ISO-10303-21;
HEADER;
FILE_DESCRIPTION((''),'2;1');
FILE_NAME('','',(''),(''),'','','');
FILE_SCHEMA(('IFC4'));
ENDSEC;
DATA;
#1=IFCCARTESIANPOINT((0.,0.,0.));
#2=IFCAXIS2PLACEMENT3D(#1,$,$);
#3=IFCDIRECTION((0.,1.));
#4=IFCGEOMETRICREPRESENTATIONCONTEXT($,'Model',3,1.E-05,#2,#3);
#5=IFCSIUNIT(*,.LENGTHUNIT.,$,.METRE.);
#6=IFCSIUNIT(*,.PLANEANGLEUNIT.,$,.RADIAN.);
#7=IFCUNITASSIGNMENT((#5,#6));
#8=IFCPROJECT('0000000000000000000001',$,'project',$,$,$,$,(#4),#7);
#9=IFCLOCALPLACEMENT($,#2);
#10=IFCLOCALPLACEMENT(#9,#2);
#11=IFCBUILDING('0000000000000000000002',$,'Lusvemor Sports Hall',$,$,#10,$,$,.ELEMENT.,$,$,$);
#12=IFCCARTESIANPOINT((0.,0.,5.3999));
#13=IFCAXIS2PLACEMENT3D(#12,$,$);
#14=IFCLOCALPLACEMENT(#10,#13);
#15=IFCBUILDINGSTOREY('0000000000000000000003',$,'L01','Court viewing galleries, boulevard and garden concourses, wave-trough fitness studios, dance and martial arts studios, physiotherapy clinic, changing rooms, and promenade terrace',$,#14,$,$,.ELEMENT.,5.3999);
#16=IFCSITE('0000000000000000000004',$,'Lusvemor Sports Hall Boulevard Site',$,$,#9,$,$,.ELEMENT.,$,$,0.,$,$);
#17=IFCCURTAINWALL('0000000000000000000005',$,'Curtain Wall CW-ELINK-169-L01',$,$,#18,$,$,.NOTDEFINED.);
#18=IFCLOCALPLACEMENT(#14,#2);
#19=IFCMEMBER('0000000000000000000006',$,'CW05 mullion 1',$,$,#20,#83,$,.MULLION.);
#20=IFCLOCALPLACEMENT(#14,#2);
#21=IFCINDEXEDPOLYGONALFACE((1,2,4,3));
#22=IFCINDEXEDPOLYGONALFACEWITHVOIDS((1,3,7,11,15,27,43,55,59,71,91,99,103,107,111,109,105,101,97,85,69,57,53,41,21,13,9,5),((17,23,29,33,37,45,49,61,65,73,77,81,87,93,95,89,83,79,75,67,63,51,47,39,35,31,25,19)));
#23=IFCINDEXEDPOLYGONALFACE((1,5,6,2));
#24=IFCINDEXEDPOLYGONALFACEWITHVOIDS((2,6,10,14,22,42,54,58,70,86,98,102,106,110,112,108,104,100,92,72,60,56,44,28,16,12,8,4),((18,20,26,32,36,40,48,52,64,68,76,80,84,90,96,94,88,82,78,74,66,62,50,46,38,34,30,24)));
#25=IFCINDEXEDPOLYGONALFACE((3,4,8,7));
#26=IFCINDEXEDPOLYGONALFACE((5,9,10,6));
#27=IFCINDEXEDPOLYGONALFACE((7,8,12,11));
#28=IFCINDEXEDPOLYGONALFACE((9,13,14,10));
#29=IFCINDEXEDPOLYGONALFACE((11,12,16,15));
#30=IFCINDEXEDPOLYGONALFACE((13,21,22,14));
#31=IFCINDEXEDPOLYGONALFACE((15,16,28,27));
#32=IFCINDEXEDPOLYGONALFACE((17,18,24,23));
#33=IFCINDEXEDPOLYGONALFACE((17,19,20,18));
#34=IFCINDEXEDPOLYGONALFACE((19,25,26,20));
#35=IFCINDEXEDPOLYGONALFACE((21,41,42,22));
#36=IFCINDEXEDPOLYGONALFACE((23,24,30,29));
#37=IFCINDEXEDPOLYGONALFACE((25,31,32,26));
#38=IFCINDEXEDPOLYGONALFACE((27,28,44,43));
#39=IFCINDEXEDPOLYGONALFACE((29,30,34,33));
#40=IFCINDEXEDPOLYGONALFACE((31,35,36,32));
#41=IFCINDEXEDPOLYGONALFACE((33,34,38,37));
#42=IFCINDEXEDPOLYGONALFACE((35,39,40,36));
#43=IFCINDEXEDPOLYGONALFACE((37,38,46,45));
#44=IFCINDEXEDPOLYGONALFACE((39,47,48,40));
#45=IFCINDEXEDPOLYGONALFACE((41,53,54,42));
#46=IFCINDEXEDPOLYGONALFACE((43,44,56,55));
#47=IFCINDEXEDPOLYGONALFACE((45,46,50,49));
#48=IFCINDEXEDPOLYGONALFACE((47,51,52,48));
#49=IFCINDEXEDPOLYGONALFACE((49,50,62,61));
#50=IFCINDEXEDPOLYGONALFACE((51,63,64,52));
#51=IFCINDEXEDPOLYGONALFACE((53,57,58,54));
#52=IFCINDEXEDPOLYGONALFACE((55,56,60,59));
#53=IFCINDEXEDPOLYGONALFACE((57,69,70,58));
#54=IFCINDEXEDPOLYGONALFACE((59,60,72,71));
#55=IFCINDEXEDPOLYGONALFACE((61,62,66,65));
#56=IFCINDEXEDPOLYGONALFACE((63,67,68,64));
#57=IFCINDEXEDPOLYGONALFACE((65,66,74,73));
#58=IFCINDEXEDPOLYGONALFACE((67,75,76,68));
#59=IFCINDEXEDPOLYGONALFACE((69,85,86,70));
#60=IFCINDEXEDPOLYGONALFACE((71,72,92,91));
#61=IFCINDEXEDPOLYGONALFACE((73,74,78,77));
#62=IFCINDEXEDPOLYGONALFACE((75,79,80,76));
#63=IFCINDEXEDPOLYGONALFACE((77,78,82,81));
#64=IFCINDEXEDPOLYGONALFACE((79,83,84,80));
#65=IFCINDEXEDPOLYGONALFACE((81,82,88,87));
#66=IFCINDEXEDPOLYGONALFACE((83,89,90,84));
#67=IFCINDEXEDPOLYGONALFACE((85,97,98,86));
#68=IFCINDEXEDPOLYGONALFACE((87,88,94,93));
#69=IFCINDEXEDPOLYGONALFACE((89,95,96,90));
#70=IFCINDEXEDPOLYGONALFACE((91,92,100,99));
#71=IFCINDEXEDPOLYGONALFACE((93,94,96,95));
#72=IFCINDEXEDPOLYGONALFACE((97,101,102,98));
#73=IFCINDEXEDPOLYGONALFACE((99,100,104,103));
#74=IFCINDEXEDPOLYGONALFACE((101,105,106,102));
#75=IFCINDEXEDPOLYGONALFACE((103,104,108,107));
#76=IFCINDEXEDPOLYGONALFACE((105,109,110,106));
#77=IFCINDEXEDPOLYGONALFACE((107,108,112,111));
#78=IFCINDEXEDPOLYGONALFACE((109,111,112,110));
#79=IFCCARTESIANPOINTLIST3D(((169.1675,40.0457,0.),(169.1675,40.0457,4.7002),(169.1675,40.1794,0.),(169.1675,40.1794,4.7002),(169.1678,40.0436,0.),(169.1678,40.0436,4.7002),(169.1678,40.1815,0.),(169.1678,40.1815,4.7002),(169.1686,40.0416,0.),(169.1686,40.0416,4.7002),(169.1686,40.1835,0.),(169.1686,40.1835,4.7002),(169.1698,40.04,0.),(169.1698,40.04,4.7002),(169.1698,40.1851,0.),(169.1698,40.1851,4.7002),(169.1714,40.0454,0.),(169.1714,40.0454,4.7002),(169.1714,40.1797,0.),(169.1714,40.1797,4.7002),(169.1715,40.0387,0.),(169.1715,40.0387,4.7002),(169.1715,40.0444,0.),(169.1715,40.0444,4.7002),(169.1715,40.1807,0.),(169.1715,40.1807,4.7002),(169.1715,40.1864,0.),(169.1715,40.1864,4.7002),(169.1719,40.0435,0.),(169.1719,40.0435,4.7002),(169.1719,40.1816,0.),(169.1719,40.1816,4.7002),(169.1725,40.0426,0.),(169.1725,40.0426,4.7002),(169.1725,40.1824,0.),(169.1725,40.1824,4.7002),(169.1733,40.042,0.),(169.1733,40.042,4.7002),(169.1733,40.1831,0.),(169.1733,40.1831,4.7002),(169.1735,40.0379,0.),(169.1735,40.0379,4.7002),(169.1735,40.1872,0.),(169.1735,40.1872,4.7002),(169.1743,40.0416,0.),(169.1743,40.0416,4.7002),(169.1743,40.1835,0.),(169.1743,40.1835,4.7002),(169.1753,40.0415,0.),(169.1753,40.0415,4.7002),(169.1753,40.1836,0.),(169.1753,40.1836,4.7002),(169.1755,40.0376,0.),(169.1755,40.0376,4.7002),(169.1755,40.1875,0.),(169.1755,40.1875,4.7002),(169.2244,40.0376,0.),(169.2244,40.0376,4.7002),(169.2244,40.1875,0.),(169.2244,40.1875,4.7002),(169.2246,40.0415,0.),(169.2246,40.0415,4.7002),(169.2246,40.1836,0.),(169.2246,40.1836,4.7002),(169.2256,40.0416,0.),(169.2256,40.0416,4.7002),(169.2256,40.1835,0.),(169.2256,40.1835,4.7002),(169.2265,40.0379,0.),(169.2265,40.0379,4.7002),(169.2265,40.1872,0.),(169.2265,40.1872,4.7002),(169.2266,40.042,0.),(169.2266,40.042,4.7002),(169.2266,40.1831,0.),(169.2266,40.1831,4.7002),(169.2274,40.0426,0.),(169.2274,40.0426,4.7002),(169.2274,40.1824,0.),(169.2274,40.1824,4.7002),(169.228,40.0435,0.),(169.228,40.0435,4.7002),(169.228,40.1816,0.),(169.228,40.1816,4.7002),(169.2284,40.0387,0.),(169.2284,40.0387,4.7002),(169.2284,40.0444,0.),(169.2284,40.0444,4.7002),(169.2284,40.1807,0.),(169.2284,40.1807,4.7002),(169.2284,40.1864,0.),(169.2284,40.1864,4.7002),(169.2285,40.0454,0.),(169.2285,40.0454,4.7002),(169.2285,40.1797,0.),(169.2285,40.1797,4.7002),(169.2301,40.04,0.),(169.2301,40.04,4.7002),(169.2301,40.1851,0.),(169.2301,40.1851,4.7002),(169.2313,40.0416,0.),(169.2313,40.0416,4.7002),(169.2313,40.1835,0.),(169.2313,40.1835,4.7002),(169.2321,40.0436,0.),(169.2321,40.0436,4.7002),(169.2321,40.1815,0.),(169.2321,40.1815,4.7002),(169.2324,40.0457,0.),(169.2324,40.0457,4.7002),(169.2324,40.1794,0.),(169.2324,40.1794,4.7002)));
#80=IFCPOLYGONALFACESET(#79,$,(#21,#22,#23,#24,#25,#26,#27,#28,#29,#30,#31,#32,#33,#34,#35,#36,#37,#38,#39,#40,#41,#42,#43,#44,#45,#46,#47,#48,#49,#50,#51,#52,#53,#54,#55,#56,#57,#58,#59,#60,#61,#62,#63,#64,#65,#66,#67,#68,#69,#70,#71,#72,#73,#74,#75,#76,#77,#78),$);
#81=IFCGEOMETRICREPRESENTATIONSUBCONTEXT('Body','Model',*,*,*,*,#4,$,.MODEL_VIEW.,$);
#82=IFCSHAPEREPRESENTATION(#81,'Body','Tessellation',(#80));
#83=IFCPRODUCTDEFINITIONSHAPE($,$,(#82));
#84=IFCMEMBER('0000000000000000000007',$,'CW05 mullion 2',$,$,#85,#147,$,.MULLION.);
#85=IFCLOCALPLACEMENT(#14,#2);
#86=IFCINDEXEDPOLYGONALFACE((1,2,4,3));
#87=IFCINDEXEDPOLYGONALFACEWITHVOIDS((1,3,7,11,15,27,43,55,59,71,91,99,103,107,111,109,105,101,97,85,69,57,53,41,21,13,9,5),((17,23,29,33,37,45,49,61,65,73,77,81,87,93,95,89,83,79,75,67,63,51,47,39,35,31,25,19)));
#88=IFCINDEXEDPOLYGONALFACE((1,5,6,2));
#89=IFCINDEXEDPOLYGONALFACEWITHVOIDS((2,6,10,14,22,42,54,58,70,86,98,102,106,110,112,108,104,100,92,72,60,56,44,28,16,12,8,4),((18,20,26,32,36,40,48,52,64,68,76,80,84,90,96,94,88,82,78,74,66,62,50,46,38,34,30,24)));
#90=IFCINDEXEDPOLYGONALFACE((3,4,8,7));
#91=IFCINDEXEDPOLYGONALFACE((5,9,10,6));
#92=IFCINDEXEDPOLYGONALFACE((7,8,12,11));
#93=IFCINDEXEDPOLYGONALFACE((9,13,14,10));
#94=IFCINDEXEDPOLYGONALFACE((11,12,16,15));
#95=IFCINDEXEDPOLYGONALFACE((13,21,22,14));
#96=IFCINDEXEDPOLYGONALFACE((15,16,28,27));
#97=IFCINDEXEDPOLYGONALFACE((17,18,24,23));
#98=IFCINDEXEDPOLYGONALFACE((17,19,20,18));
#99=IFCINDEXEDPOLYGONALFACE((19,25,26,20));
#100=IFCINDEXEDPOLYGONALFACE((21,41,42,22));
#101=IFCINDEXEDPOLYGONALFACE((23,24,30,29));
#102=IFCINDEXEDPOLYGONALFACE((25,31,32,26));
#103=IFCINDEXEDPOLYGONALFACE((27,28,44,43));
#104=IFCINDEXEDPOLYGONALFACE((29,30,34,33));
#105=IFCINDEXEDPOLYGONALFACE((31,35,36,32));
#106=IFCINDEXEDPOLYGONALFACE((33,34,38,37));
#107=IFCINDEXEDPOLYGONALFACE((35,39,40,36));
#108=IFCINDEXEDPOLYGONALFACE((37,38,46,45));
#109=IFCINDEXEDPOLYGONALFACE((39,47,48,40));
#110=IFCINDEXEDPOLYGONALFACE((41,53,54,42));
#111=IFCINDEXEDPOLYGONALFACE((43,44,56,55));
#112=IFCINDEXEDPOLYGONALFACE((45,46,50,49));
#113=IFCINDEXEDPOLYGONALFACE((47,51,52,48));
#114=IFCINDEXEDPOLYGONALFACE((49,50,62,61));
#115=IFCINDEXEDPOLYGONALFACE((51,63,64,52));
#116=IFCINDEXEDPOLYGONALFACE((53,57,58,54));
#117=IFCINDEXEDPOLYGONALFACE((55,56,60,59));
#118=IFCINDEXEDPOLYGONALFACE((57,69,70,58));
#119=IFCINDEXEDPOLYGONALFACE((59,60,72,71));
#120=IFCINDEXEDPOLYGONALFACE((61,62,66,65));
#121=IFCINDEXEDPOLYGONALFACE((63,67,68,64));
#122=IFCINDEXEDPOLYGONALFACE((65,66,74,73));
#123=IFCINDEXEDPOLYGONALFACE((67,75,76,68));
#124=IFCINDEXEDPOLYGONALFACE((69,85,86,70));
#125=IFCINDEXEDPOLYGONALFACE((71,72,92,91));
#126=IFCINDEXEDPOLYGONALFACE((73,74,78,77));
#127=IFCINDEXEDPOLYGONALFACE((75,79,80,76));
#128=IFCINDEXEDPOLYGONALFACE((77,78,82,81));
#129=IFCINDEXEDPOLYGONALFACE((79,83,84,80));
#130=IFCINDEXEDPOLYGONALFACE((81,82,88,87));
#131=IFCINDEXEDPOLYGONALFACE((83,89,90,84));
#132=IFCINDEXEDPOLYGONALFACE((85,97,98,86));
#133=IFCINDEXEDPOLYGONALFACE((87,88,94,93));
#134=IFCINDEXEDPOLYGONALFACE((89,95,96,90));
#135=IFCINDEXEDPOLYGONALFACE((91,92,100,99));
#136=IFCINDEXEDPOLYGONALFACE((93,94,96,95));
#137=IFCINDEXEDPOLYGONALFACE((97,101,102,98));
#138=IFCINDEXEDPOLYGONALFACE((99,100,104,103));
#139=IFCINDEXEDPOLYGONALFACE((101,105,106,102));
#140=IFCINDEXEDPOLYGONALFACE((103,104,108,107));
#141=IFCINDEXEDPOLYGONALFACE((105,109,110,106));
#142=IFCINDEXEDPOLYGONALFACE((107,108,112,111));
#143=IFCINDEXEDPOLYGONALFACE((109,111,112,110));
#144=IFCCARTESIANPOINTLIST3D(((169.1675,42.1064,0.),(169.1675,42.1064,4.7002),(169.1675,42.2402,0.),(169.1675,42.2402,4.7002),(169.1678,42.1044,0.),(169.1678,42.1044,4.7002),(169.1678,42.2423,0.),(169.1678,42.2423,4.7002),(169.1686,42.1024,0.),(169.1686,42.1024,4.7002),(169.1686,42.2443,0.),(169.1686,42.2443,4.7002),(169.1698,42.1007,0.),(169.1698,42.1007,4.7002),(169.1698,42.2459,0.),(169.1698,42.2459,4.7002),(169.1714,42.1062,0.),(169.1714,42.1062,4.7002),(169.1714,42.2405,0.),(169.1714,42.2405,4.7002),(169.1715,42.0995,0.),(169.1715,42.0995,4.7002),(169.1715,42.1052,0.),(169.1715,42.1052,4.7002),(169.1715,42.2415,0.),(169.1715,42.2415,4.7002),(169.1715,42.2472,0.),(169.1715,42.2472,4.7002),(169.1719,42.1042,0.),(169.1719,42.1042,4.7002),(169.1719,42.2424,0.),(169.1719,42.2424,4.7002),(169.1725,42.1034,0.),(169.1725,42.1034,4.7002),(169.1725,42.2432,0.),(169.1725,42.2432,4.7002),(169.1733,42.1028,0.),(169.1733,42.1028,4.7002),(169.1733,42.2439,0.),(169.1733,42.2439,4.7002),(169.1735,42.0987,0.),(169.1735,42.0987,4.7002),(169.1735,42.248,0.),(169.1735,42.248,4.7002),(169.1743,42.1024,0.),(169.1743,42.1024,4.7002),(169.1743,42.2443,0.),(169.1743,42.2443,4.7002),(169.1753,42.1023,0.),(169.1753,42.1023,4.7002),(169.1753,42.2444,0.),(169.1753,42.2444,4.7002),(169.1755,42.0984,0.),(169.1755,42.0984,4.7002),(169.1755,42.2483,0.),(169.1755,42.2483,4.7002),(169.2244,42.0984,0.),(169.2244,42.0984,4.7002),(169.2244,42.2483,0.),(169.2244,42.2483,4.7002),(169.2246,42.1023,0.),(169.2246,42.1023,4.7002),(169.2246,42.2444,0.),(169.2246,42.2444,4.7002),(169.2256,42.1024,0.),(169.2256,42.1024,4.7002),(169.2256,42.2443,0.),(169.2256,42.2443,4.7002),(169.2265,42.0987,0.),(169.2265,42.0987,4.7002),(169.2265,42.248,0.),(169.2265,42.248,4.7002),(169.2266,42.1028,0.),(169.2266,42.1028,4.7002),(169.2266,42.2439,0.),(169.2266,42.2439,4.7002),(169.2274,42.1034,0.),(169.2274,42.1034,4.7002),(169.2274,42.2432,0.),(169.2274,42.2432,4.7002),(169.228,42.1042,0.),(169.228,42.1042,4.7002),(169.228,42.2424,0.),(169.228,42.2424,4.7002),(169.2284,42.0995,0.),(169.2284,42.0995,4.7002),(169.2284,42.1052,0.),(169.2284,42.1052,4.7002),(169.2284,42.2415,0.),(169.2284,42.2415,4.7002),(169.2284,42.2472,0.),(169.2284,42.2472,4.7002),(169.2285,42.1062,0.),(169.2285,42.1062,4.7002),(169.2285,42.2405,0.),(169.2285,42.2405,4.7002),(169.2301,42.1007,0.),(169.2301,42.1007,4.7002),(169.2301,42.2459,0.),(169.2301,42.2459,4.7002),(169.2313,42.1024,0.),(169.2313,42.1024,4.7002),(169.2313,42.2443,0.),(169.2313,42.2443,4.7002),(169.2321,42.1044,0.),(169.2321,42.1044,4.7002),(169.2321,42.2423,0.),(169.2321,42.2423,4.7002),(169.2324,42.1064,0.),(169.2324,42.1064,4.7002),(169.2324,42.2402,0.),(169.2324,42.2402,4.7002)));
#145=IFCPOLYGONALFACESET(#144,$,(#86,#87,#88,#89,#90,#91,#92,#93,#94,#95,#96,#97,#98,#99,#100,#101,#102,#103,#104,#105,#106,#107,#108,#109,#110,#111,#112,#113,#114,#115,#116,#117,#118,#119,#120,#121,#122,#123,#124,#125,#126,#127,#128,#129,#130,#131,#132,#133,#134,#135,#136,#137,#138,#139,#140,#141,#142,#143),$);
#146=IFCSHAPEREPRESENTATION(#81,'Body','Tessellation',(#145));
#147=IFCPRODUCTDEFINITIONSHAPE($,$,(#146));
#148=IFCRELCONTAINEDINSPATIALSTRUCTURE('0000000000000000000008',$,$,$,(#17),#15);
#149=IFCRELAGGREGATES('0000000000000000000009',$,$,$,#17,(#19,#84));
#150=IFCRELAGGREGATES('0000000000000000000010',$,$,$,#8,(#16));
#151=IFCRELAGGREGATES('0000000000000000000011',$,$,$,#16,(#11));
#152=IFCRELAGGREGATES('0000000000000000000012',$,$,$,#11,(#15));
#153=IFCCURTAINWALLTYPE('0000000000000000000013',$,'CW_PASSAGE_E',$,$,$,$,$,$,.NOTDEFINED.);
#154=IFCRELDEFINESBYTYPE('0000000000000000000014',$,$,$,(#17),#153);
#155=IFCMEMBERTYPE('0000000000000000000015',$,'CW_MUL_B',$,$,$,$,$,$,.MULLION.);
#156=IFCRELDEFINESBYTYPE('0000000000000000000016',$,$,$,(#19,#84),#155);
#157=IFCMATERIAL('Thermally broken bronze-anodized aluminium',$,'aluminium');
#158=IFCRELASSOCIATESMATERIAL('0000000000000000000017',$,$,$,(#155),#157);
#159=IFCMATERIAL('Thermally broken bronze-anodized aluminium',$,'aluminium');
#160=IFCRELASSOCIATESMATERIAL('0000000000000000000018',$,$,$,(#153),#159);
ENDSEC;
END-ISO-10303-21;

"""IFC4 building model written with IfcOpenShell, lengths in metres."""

from ifc_helpers import new_model, si_unit, direction, frame, origin, origin_2d, place, context, subcontext, project, spatial, hollow_rectangle, extrude, material, material_profile, profile_set, type_object, element, aggregate, save


model = new_model("IFC4")

# Units and contexts
model_context = context("Model", 3, precision=1e-05, world=origin(), true_north=direction((0.0, 1.0)))
body_context = subcontext(model_context, "Body", "Model", "MODEL_VIEW")
ifc_project = project(units=[si_unit("LENGTHUNIT", "METRE"), si_unit("PLANEANGLEUNIT", "RADIAN")], contexts=[model_context])

# Site, building, storey
site_placement = place(None, origin())
site = spatial("IfcSite", under=ifc_project, at=site_placement, Name="Lusvemor Sports Hall Boulevard Site", CompositionType="ELEMENT", RefElevation=0.0)
building_placement = place(site_placement, origin())
building = spatial("IfcBuilding", under=site, at=building_placement, Name="Lusvemor Sports Hall", CompositionType="ELEMENT")
storey_placement = place(building_placement, frame((0.0, 0.0, 5.3999)))
storey = spatial("IfcBuildingStorey", under=building, at=storey_placement, Name="L01", Description="Court viewing galleries, boulevard and garden concourses, wave-trough fitness studios, dance and martial arts studios, physiotherapy clinic, changing rooms, and promenade terrace", CompositionType="ELEMENT", Elevation=5.3999)

# Curtain wall, members
ifc_material_1 = material(Name="Thermally broken bronze-anodized aluminium", Category="aluminium")
ifc_material_profile_1 = material_profile(ifc_material_1, hollow_rectangle(XDim=0.0649, YDim=0.1499, WallThickness=0.0039, InnerFilletRadius=0.0039, OuterFilletRadius=0.0081, at=origin_2d()), Name="CWMUL150x65x4")
ifc_profile_set_1 = profile_set([ifc_material_profile_1], Name="Thermally broken bronze-anodized aluminium")
member_type_1 = type_object("IfcMemberType", Name="CW_MUL_B", PredefinedType="MULLION", material=ifc_profile_set_1)
ifc_material_2 = material(Name="Thermally broken bronze-anodized aluminium", Category="aluminium")
curtain_wall_type_1 = type_object("IfcCurtainWallType", Name="CW_PASSAGE_E", PredefinedType="NOTDEFINED", material=ifc_material_2)
curtain_wall_1_placement = place(storey_placement, origin())
curtain_wall_1 = element("IfcCurtainWall", 1, at=curtain_wall_1_placement, inside=storey, type_object=curtain_wall_type_1, Name="Curtain Wall CW-ELINK-169-L01", PredefinedType="NOTDEFINED")
member_1_placement = place(storey_placement, frame((169.2, 40.1125, 0.0), z_axis=(0.0, 0.0, 1.0), x_axis=(-1.0, 0.0, 0.0)))
member_1 = element("IfcMember", 2, at=member_1_placement, type_object=member_type_1, Name="CW05 mullion 1", PredefinedType="MULLION", context=body_context, shape_type="SweptSolid", body=[
    extrude(hollow_rectangle(XDim=0.0649, YDim=0.1499, WallThickness=0.0039, InnerFilletRadius=0.0039, OuterFilletRadius=0.0081, at=origin_2d()), origin(), (0.0, 0.0, 1.0), 4.7002),
])
member_2_placement = place(storey_placement, frame((169.2, 42.1733, 0.0), z_axis=(0.0, 0.0, 1.0), x_axis=(-1.0, 0.0, 0.0)))
member_2 = element("IfcMember", 3, at=member_2_placement, type_object=member_type_1, Name="CW05 mullion 2", PredefinedType="MULLION", context=body_context, shape_type="SweptSolid", body=[
    extrude(hollow_rectangle(XDim=0.0649, YDim=0.1499, WallThickness=0.0039, InnerFilletRadius=0.0039, OuterFilletRadius=0.0081, at=origin_2d()), origin(), (0.0, 0.0, 1.0), 4.7002),
])

aggregate(curtain_wall_1, [member_1, member_2])

save(model, "model.ifc")
